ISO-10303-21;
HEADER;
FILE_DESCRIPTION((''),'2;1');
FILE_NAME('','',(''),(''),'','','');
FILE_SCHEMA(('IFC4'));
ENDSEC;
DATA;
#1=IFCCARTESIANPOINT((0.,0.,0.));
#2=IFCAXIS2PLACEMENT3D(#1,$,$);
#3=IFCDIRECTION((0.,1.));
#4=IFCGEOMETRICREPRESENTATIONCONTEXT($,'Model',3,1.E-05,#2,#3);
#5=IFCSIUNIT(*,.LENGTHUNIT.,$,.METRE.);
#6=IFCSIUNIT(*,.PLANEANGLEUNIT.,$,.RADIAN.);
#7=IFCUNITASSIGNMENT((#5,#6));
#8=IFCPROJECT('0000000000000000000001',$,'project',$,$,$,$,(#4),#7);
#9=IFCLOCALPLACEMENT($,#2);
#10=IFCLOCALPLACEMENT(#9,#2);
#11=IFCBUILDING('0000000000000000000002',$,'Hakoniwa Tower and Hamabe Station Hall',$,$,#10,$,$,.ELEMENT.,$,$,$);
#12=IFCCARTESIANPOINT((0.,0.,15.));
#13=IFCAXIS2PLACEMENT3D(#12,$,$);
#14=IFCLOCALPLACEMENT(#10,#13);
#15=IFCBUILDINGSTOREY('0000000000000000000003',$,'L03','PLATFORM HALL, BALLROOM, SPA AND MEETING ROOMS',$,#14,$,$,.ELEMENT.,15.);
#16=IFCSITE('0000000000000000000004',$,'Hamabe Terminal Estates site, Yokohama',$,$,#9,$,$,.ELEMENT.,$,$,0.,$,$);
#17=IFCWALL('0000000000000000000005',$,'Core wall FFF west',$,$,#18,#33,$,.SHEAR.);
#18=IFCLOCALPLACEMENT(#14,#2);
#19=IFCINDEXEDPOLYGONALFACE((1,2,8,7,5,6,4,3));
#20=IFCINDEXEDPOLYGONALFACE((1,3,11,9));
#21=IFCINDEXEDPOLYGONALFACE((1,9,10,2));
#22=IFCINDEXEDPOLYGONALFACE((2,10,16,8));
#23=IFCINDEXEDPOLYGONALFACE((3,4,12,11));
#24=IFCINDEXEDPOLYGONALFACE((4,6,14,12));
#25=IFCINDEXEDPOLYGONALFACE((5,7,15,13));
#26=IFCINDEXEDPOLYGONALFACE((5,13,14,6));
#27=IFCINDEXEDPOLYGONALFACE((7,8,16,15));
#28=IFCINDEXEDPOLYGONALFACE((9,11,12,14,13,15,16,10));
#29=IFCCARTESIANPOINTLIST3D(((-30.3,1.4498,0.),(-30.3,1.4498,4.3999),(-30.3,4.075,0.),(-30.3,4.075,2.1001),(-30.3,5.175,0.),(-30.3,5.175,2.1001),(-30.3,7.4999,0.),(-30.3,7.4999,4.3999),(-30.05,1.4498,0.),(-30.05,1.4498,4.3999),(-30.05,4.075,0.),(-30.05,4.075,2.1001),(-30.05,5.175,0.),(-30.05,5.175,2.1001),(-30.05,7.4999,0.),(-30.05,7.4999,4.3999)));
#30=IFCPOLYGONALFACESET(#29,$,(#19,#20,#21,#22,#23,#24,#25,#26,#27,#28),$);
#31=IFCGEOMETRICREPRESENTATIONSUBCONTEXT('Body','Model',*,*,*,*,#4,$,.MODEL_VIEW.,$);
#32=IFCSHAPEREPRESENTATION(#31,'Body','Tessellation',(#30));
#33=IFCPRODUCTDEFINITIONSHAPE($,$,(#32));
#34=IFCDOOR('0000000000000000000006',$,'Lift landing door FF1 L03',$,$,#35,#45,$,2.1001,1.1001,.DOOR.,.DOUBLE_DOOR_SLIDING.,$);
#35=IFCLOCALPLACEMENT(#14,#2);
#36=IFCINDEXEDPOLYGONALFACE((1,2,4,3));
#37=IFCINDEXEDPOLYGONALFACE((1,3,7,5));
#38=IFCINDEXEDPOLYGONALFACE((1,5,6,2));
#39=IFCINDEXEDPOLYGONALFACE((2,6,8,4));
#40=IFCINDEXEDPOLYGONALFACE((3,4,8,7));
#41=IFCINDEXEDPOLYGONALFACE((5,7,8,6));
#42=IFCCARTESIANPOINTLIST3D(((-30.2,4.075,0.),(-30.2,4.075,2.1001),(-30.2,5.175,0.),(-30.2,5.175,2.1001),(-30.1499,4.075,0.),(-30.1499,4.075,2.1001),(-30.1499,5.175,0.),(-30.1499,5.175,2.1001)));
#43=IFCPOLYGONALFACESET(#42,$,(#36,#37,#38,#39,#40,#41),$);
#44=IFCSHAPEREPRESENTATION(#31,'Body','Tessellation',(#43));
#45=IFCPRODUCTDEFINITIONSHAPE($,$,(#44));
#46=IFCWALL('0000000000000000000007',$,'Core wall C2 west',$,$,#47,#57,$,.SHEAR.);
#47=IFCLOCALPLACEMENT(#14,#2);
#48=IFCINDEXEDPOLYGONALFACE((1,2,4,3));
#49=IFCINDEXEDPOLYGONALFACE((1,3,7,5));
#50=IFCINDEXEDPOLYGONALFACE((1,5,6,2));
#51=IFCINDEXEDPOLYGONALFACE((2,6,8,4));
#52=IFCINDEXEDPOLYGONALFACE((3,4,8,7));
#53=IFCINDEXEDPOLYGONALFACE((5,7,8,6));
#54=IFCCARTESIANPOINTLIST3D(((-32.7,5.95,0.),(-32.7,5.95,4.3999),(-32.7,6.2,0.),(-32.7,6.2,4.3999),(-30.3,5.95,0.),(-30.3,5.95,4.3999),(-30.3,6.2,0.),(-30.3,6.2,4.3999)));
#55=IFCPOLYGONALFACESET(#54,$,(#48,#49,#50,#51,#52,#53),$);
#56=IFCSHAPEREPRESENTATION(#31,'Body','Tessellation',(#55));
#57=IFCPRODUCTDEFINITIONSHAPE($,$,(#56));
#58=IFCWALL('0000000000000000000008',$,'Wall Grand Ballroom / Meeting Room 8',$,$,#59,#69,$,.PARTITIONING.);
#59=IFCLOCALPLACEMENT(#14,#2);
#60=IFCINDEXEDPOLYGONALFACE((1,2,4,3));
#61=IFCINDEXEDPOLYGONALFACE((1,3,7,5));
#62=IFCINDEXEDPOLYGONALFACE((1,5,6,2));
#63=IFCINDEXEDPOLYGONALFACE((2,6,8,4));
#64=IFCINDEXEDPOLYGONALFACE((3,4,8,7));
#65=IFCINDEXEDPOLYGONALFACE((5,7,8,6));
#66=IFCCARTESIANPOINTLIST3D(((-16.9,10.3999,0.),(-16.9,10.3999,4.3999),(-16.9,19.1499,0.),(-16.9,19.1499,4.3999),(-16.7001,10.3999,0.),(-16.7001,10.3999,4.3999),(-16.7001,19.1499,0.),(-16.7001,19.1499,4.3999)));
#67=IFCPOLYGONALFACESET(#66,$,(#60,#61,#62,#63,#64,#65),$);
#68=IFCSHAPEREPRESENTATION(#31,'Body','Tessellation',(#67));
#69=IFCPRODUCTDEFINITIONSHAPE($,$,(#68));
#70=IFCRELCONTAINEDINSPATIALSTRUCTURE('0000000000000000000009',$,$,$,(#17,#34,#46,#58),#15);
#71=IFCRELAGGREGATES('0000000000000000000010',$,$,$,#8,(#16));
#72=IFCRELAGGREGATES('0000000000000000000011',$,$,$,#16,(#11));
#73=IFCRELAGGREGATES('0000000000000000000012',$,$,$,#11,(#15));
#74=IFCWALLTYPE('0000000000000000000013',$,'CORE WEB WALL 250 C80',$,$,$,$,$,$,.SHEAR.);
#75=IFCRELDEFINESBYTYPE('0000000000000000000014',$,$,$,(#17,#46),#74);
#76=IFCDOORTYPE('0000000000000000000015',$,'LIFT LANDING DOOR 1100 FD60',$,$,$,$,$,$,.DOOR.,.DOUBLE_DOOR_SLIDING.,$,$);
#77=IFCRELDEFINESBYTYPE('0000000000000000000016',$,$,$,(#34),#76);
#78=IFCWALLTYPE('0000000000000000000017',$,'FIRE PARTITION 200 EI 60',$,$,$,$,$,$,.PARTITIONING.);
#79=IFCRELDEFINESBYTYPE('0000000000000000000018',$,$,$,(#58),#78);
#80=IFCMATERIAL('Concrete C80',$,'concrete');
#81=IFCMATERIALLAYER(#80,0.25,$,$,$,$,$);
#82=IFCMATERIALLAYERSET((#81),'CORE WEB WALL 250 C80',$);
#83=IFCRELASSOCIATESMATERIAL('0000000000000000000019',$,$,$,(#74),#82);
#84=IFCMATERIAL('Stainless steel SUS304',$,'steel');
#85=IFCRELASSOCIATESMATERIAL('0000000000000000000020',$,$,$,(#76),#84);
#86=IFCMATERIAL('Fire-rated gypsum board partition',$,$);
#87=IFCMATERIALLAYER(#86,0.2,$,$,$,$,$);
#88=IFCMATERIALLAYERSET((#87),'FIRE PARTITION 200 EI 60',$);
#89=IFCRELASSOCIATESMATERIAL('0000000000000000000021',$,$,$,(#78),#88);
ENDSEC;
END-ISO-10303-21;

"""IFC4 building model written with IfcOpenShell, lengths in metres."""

from ifc_helpers import new_model, si_unit, direction, frame, frame_2d, origin, place, context, subcontext, project, spatial, rectangle, extrude, material, layer, layer_set, type_object, element, fill, save


model = new_model("IFC4")

# Units and contexts
model_context = context("Model", 3, precision=1e-05, world=origin(), true_north=direction((0.0, 1.0)))
body_context = subcontext(model_context, "Body", "Model", "MODEL_VIEW")
ifc_project = project(units=[si_unit("LENGTHUNIT", "METRE"), si_unit("PLANEANGLEUNIT", "RADIAN")], contexts=[model_context])

# Site, building, storey
site_placement = place(None, origin())
site = spatial("IfcSite", under=ifc_project, at=site_placement, Name="Hamabe Terminal Estates site, Yokohama", CompositionType="ELEMENT", RefElevation=0.0)
building_placement = place(site_placement, origin())
building = spatial("IfcBuilding", under=site, at=building_placement, Name="Hakoniwa Tower and Hamabe Station Hall", CompositionType="ELEMENT")
storey_placement = place(building_placement, frame((0.0, 0.0, 15.0)))
storey = spatial("IfcBuildingStorey", under=building, at=storey_placement, Name="L03", Description="PLATFORM HALL, BALLROOM, SPA AND MEETING ROOMS", CompositionType="ELEMENT", Elevation=15.0)

# Shared definitions
ifc_material_1 = material(Name="Concrete C80", Category="concrete")
ifc_layer_1 = layer(ifc_material_1, 0.25)
ifc_layer_set_1 = layer_set([ifc_layer_1], Name="CORE WEB WALL 250 C80")
wall_type_1 = type_object("IfcWallType", Name="CORE WEB WALL 250 C80", PredefinedType="SHEAR", material=ifc_layer_set_1)

# Shared definitions
ifc_material_2 = material(Name="Stainless steel SUS304", Category="steel")
door_type_1 = type_object("IfcDoorType", Name="LIFT LANDING DOOR 1100 FD60", OperationType="DOUBLE_DOOR_SLIDING", PredefinedType="DOOR", material=ifc_material_2)

# Wall, opening, door
wall_1_placement = place(storey_placement, frame((-30.175, 1.45, 0.0), z_axis=(0.0, 0.0, 1.0), x_axis=(0.0, 1.0, 0.0)))
wall_1 = element("IfcWall", 1, at=wall_1_placement, inside=storey, type_object=wall_type_1, Name="Core wall FFF west", PredefinedType="SHEAR", context=body_context, shape_type="SweptSolid", body=[
    extrude(rectangle(XDim=6.05, YDim=0.25, at=frame_2d((3.0249, 0.0))), origin(), (0.0, 0.0, 1.0), 4.3999),
])
opening_1_placement = place(wall_1_placement, frame((2.625, 0.0, 0.0)))
opening_1 = element("IfcOpeningElement", 2, at=opening_1_placement, cuts=wall_1, PredefinedType="OPENING", context=body_context, shape_type="SweptSolid", body=[
    extrude(rectangle(XDim=1.1001, YDim=2.1001, at=frame_2d((0.55, 1.05))), frame((0.0, 0.135, 0.0), z_axis=(0.0, -1.0, 0.0), x_axis=(1.0, 0.0, 0.0)), (0.0, 0.0, 1.0), 0.27),
])
door_1_placement = place(opening_1_placement, origin())
door_1 = element("IfcDoor", 3, at=door_1_placement, inside=storey, type_object=door_type_1, Name="Lift landing door FF1 L03", OperationType="DOUBLE_DOOR_SLIDING", OverallHeight=2.1001, OverallWidth=1.1001, PredefinedType="DOOR", context=body_context, shape_type="SweptSolid", body=[
    extrude(rectangle(XDim=1.1001, YDim=2.1001, at=frame_2d((0.55, 1.05))), frame((0.0, 0.0249, 0.0), z_axis=(0.0, -1.0, 0.0), x_axis=(1.0, 0.0, 0.0)), (0.0, 0.0, 1.0), 0.05),
])
fill(opening_1, door_1)

# Walls
wall_2_placement = place(storey_placement, frame((-32.7, 6.075, 0.0), z_axis=(0.0, 0.0, 1.0), x_axis=(1.0, 0.0, 0.0)))
element("IfcWall", 4, at=wall_2_placement, inside=storey, type_object=wall_type_1, Name="Core wall C2 west", PredefinedType="SHEAR", context=body_context, shape_type="SweptSolid", body=[
    extrude(rectangle(XDim=2.3999, YDim=0.25, at=frame_2d((1.2, 0.0))), origin(), (0.0, 0.0, 1.0), 4.3999),
])
ifc_material_3 = material(Name="Fire-rated gypsum board partition")
ifc_layer_2 = layer(ifc_material_3, 0.2)
ifc_layer_set_2 = layer_set([ifc_layer_2], Name="FIRE PARTITION 200 EI 60")
wall_type_2 = type_object("IfcWallType", Name="FIRE PARTITION 200 EI 60", PredefinedType="PARTITIONING", material=ifc_layer_set_2)
wall_3_placement = place(storey_placement, frame((-16.8, 10.3999, 0.0), z_axis=(0.0, 0.0, 1.0), x_axis=(0.0, 1.0, 0.0)))
element("IfcWall", 5, at=wall_3_placement, inside=storey, type_object=wall_type_2, Name="Wall Grand Ballroom / Meeting Room 8", PredefinedType="PARTITIONING", context=body_context, shape_type="SweptSolid", body=[
    extrude(rectangle(XDim=8.75, YDim=0.2, at=frame_2d((4.375, 0.0))), origin(), (0.0, 0.0, 1.0), 4.3999),
])

save(model, "model.ifc")
